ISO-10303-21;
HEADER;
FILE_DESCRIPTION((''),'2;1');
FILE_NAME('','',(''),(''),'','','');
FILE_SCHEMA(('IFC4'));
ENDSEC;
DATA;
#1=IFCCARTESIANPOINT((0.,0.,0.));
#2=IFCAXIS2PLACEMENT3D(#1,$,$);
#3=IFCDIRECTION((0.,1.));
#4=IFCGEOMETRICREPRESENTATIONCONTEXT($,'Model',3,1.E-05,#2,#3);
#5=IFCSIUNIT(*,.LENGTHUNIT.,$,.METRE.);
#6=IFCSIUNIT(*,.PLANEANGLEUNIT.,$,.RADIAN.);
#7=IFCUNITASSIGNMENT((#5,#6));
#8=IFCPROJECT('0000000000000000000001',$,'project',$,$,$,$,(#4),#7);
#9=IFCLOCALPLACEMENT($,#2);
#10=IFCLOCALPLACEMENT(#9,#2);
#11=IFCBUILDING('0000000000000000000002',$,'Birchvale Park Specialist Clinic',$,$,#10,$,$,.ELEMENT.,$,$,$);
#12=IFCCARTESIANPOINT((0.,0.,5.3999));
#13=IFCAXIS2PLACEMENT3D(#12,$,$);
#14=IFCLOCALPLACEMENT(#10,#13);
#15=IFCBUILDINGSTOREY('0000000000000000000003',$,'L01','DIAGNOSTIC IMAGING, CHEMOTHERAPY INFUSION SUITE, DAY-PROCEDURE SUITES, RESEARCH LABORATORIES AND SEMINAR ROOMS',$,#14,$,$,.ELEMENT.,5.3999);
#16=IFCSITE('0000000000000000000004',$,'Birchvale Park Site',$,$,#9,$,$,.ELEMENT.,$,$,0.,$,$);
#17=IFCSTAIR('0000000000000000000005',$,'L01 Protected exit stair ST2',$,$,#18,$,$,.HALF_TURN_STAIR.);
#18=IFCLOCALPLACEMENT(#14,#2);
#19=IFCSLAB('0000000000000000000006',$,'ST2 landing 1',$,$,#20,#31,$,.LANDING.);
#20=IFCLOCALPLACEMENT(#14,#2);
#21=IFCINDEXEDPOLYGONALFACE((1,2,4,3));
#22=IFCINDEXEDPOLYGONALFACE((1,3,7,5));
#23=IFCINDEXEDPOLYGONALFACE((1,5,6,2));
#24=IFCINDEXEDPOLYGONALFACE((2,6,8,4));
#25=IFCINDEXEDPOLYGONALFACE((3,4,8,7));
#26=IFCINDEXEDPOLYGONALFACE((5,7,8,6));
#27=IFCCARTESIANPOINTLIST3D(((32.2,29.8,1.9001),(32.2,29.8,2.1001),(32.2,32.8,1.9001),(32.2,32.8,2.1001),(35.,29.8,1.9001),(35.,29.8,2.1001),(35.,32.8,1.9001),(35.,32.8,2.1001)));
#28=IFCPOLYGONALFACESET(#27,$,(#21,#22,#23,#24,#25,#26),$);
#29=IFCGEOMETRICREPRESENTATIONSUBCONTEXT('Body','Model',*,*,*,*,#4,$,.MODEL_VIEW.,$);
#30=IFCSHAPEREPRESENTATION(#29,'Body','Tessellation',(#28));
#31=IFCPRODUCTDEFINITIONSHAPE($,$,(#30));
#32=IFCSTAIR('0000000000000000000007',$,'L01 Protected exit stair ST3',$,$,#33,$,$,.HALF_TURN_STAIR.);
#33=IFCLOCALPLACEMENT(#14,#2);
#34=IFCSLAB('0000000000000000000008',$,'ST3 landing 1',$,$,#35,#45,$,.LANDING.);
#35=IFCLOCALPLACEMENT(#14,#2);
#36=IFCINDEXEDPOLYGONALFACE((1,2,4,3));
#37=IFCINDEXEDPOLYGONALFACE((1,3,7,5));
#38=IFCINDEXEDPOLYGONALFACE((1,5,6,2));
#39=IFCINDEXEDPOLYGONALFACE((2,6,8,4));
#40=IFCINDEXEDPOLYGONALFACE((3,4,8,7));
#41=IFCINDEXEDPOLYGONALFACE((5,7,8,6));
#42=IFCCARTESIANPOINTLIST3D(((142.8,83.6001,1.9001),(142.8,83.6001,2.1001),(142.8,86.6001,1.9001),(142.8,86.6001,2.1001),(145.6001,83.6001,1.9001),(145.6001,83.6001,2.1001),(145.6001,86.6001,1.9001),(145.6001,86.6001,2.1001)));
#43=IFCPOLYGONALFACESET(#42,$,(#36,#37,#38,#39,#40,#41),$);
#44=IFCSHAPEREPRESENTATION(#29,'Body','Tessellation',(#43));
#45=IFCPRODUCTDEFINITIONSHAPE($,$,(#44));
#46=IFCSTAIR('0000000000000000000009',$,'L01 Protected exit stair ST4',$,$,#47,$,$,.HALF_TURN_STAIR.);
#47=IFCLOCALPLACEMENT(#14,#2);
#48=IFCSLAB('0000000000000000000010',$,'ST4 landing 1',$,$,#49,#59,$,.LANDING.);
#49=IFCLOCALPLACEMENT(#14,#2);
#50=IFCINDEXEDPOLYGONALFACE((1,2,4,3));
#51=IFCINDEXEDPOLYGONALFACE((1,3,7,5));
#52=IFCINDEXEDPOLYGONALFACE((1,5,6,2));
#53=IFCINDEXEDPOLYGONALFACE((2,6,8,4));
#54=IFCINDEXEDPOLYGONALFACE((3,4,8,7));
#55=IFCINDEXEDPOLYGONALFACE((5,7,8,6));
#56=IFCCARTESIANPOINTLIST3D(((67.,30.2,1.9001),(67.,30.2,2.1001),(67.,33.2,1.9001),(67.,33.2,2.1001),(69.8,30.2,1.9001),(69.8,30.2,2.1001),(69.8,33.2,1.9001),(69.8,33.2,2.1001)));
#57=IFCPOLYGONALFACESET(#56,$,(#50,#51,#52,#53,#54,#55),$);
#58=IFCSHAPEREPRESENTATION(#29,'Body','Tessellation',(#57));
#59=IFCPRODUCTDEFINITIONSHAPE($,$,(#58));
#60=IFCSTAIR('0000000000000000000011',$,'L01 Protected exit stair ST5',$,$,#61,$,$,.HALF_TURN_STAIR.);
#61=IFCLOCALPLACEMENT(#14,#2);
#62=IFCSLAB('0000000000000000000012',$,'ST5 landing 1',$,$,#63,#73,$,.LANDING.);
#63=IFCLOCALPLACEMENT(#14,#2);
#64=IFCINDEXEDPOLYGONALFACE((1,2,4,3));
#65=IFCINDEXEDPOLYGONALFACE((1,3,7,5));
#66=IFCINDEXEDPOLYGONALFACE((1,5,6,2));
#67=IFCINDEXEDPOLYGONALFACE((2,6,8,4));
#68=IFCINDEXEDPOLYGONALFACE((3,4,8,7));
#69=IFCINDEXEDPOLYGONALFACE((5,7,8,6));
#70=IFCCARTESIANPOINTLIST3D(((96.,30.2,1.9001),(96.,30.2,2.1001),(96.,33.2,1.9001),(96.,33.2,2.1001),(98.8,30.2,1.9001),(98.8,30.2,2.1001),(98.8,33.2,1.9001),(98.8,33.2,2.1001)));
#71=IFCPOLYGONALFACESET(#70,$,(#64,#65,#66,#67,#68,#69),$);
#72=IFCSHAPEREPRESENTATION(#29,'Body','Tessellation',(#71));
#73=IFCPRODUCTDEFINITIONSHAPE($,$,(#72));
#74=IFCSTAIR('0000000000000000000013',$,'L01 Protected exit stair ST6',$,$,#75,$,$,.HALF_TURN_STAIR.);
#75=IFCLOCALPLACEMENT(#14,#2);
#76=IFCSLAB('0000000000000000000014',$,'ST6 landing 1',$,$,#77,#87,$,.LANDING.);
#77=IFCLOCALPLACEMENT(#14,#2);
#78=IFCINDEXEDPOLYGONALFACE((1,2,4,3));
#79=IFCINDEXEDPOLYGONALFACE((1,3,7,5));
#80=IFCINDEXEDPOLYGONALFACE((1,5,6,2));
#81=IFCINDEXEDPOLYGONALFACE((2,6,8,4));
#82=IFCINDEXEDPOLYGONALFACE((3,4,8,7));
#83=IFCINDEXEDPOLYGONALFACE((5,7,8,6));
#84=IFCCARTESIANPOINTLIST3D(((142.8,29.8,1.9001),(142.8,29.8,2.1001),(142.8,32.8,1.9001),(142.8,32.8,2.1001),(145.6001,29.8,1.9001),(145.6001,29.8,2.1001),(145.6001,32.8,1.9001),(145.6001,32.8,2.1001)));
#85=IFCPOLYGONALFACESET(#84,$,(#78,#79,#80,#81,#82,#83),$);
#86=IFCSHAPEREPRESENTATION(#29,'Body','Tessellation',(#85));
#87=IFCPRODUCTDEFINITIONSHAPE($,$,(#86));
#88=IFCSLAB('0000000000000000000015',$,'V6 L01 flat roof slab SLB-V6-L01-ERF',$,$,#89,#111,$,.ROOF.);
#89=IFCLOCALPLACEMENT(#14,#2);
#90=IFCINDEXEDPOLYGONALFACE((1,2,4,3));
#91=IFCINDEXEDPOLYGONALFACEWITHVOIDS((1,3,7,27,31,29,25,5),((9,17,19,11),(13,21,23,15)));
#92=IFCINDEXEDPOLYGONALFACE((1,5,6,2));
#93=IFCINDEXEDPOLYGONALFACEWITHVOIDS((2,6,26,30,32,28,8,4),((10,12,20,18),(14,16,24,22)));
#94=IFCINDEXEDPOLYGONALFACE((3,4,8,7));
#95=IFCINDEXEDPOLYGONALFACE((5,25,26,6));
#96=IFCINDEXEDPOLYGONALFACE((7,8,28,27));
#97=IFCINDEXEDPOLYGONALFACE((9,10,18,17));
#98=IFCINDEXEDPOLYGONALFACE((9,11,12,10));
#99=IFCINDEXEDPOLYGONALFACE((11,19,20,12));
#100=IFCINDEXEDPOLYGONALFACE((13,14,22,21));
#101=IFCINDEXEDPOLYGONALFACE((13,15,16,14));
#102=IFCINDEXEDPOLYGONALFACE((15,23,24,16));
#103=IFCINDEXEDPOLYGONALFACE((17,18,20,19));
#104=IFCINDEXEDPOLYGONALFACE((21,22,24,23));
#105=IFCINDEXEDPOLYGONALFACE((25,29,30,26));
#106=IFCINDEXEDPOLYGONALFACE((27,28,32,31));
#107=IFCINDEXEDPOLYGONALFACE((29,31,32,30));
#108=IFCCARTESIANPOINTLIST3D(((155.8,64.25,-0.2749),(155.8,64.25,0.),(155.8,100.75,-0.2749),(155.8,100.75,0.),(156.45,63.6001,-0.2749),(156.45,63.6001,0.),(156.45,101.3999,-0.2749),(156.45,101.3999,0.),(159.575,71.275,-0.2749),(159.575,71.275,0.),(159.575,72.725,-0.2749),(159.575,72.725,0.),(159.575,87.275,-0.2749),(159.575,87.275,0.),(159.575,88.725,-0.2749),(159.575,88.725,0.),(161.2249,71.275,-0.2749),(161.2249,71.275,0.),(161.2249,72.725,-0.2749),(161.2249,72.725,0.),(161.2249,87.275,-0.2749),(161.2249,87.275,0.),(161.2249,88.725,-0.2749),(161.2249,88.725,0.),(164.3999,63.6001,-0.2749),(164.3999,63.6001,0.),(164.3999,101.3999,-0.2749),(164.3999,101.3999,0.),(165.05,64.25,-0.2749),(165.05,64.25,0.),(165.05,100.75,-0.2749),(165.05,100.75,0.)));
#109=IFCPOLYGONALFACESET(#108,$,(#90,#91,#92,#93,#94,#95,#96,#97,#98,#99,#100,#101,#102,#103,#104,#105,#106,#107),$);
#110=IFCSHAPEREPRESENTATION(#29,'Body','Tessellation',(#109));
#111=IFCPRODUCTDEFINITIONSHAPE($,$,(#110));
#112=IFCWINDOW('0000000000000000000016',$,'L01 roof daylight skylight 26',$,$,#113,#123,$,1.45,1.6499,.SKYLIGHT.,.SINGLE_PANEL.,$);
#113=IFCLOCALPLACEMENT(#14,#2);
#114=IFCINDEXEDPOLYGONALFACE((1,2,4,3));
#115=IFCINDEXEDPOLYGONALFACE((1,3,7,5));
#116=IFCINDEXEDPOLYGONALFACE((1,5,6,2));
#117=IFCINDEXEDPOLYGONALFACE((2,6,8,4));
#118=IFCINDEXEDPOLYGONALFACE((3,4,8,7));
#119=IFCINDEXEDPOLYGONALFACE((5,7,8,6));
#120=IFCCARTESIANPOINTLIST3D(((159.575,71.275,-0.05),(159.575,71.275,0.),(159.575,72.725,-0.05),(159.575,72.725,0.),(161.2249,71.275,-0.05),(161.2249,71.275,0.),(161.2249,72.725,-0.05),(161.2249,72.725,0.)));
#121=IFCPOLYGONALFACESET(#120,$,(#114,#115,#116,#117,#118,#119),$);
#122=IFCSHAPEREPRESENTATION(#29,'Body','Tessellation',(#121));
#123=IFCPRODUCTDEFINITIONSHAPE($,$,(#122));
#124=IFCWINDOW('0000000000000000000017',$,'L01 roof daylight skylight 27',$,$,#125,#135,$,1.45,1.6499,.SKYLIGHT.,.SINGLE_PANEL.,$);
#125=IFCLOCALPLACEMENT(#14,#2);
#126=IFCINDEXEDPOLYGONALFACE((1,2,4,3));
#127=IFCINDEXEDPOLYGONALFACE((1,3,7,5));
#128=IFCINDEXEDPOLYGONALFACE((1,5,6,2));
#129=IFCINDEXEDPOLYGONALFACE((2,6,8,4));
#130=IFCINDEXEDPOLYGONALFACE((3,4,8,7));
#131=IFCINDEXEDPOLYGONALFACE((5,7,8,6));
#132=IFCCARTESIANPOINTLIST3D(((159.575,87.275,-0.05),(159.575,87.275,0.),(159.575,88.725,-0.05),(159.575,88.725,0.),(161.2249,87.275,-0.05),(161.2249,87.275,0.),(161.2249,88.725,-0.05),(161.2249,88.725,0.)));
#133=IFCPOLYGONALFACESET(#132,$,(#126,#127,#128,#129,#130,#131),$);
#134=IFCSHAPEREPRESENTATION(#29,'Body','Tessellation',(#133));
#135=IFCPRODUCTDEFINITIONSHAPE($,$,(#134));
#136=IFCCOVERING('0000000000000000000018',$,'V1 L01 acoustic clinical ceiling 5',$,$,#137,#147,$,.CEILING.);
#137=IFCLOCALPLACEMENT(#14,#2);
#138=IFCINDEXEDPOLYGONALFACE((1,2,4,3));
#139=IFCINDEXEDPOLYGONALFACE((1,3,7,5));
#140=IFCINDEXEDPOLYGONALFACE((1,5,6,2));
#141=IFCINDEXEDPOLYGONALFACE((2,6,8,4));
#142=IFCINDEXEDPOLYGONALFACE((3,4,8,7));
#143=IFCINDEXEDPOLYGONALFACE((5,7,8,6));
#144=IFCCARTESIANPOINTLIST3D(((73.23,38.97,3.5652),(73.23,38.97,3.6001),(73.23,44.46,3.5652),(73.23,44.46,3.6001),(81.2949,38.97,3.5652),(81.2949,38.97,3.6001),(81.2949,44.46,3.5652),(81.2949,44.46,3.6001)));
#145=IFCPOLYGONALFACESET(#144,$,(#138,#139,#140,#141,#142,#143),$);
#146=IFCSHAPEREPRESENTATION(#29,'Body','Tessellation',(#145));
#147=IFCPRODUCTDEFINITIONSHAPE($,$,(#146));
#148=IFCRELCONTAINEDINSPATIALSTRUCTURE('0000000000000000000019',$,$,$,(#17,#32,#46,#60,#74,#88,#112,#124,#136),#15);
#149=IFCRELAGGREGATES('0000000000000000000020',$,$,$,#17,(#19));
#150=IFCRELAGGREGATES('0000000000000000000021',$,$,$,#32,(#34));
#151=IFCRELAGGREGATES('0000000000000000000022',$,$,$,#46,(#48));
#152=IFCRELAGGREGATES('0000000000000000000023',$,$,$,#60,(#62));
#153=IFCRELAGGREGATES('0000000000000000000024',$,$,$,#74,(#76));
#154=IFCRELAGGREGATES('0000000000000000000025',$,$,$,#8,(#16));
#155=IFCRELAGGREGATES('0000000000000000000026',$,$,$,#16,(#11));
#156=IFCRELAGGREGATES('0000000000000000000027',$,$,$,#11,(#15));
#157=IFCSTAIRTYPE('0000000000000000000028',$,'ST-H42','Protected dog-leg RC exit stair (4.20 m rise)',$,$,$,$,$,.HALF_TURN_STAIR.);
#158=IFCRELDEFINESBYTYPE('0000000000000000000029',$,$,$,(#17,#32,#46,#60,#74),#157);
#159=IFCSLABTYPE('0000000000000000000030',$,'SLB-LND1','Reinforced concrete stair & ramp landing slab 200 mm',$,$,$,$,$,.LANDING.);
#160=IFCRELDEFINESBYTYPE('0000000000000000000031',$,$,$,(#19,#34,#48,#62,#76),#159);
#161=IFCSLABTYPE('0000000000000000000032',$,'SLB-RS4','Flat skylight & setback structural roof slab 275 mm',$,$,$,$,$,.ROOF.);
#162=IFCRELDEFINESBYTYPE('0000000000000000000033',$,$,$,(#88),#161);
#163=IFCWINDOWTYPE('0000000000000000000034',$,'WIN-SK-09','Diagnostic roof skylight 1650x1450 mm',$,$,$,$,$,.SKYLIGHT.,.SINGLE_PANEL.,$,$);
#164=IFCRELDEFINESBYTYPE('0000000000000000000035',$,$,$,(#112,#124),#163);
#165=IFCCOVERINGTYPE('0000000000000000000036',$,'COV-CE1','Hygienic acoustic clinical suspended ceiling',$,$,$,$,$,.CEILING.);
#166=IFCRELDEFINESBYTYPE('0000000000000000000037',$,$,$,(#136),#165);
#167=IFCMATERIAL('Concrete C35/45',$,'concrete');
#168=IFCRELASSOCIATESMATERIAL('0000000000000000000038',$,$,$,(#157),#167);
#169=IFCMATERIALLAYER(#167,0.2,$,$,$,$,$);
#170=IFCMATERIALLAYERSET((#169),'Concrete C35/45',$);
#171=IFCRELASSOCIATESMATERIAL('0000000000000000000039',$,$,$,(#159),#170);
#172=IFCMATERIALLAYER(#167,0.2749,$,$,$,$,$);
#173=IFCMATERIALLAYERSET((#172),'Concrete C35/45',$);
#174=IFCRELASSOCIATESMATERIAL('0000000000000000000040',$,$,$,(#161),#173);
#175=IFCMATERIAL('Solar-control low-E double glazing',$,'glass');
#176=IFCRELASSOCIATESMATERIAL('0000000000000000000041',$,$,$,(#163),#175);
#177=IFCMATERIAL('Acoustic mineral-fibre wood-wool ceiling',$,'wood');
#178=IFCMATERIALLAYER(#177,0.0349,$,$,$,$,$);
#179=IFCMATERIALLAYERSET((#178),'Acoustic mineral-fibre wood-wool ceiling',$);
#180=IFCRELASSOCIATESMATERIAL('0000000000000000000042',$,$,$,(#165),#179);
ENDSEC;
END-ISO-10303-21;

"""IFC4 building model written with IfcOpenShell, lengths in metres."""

from ifc_helpers import new_model, si_unit, direction, frame, origin, origin_2d, place, context, subcontext, project, spatial, polyline, rectangle, outline, extrude, material, layer, layer_set, type_object, element, fill, aggregate, save


model = new_model("IFC4")

# Units and contexts
model_context = context("Model", 3, precision=1e-05, world=origin(), true_north=direction((0.0, 1.0)))
body_context = subcontext(model_context, "Body", "Model", "MODEL_VIEW")
ifc_project = project(units=[si_unit("LENGTHUNIT", "METRE"), si_unit("PLANEANGLEUNIT", "RADIAN")], contexts=[model_context])

# Site, building, storey
site_placement = place(None, origin())
site = spatial("IfcSite", under=ifc_project, at=site_placement, Name="Birchvale Park Site", CompositionType="ELEMENT", RefElevation=0.0)
building_placement = place(site_placement, origin())
building = spatial("IfcBuilding", under=site, at=building_placement, Name="Birchvale Park Specialist Clinic", CompositionType="ELEMENT")
storey_placement = place(building_placement, frame((0.0, 0.0, 5.3999)))
storey = spatial("IfcBuildingStorey", under=building, at=storey_placement, Name="L01", Description="DIAGNOSTIC IMAGING, CHEMOTHERAPY INFUSION SUITE, DAY-PROCEDURE SUITES, RESEARCH LABORATORIES AND SEMINAR ROOMS", CompositionType="ELEMENT", Elevation=5.3999)

# Stairs, slabs
ifc_material_1 = material(Name="Concrete C35/45", Category="concrete")
stair_type = type_object("IfcStairType", Name="ST-H42", Description="Protected dog-leg RC exit stair (4.20 m rise)", PredefinedType="HALF_TURN_STAIR", material=ifc_material_1)
stair_1_placement = place(storey_placement, origin())
stair_1 = element("IfcStair", 1, at=stair_1_placement, inside=storey, type_object=stair_type, Name="L01 Protected exit stair ST2", PredefinedType="HALF_TURN_STAIR")
ifc_layer_1 = layer(ifc_material_1, 0.2)
ifc_layer_set_1 = layer_set([ifc_layer_1], Name="Concrete C35/45")
slab_type_1 = type_object("IfcSlabType", Name="SLB-LND1", Description="Reinforced concrete stair & ramp landing slab 200 mm", PredefinedType="LANDING", material=ifc_layer_set_1)
slab_1_placement = place(storey_placement, frame((0.0, 0.0, 1.9001)))
slab_1 = element("IfcSlab", 2, at=slab_1_placement, type_object=slab_type_1, Name="ST2 landing 1", PredefinedType="LANDING", context=body_context, shape_type="SweptSolid", body=[
    extrude(outline(polyline([(32.2, 29.8), (35.0, 29.8), (35.0, 32.8), (32.2, 32.8), (32.2, 29.8)])), origin(), (0.0, 0.0, 1.0), 0.2),
])
aggregate(stair_1, [slab_1])
stair_2_placement = place(storey_placement, origin())
stair_2 = element("IfcStair", 3, at=stair_2_placement, inside=storey, type_object=stair_type, Name="L01 Protected exit stair ST3", PredefinedType="HALF_TURN_STAIR")
slab_2_placement = place(storey_placement, frame((0.0, 0.0, 1.9001)))
slab_2 = element("IfcSlab", 4, at=slab_2_placement, type_object=slab_type_1, Name="ST3 landing 1", PredefinedType="LANDING", context=body_context, shape_type="SweptSolid", body=[
    extrude(outline(polyline([(142.8, 83.6001), (145.6001, 83.6001), (145.6001, 86.6001), (142.8, 86.6001), (142.8, 83.6001)])), origin(), (0.0, 0.0, 1.0), 0.2),
])
aggregate(stair_2, [slab_2])
stair_3_placement = place(storey_placement, origin())
stair_3 = element("IfcStair", 5, at=stair_3_placement, inside=storey, type_object=stair_type, Name="L01 Protected exit stair ST4", PredefinedType="HALF_TURN_STAIR")
slab_3_placement = place(storey_placement, frame((0.0, 0.0, 1.9001)))
slab_3 = element("IfcSlab", 6, at=slab_3_placement, type_object=slab_type_1, Name="ST4 landing 1", PredefinedType="LANDING", context=body_context, shape_type="SweptSolid", body=[
    extrude(outline(polyline([(67.0, 30.2), (69.8, 30.2), (69.8, 33.2), (67.0, 33.2), (67.0, 30.2)])), origin(), (0.0, 0.0, 1.0), 0.2),
])
aggregate(stair_3, [slab_3])
stair_4_placement = place(storey_placement, origin())
stair_4 = element("IfcStair", 7, at=stair_4_placement, inside=storey, type_object=stair_type, Name="L01 Protected exit stair ST5", PredefinedType="HALF_TURN_STAIR")
slab_4_placement = place(storey_placement, frame((0.0, 0.0, 1.9001)))
slab_4 = element("IfcSlab", 8, at=slab_4_placement, type_object=slab_type_1, Name="ST5 landing 1", PredefinedType="LANDING", context=body_context, shape_type="SweptSolid", body=[
    extrude(outline(polyline([(96.0, 30.2), (98.8, 30.2), (98.8, 33.2), (96.0, 33.2), (96.0, 30.2)])), origin(), (0.0, 0.0, 1.0), 0.2),
])
aggregate(stair_4, [slab_4])
stair_5_placement = place(storey_placement, origin())
stair_5 = element("IfcStair", 9, at=stair_5_placement, inside=storey, type_object=stair_type, Name="L01 Protected exit stair ST6", PredefinedType="HALF_TURN_STAIR")
slab_5_placement = place(storey_placement, frame((0.0, 0.0, 1.9001)))
slab_5 = element("IfcSlab", 10, at=slab_5_placement, type_object=slab_type_1, Name="ST6 landing 1", PredefinedType="LANDING", context=body_context, shape_type="SweptSolid", body=[
    extrude(outline(polyline([(142.8, 29.8), (145.6001, 29.8), (145.6001, 32.8), (142.8, 32.8), (142.8, 29.8)])), origin(), (0.0, 0.0, 1.0), 0.2),
])
aggregate(stair_5, [slab_5])

# Slab, openings, windows
ifc_layer_2 = layer(ifc_material_1, 0.2749)
ifc_layer_set_2 = layer_set([ifc_layer_2], Name="Concrete C35/45")
slab_type_2 = type_object("IfcSlabType", Name="SLB-RS4", Description="Flat skylight & setback structural roof slab 275 mm", PredefinedType="ROOF", material=ifc_layer_set_2)
slab_6_placement = place(storey_placement, frame((0.0, 0.0, -0.2749)))
slab_6 = element("IfcSlab", 11, at=slab_6_placement, inside=storey, type_object=slab_type_2, Name="V6 L01 flat roof slab SLB-V6-L01-ERF", PredefinedType="ROOF", context=body_context, shape_type="SweptSolid", body=[
    extrude(outline(polyline([(156.45, 63.6001), (164.3999, 63.6001), (165.05, 64.25), (165.05, 100.75), (164.3999, 101.3999), (156.45, 101.3999), (155.8, 100.75), (155.8, 64.25), (156.45, 63.6001)])), origin(), (0.0, 0.0, 1.0), 0.2749),
])
opening_1_placement = place(slab_6_placement, frame((160.3999, 72.0, 0.0)))
opening_1 = element("IfcOpeningElement", 12, at=opening_1_placement, cuts=slab_6, PredefinedType="OPENING", context=body_context, shape_type="SweptSolid", body=[
    extrude(rectangle(XDim=1.6499, YDim=1.45, at=origin_2d()), frame((0.0, 0.0, -0.01)), (0.0, 0.0, 1.0), 0.2949),
])
opening_2_placement = place(slab_6_placement, frame((160.3999, 88.0, 0.0)))
opening_2 = element("IfcOpeningElement", 13, at=opening_2_placement, cuts=slab_6, PredefinedType="OPENING", context=body_context, shape_type="SweptSolid", body=[
    extrude(rectangle(XDim=1.6499, YDim=1.45, at=origin_2d()), frame((0.0, 0.0, -0.01)), (0.0, 0.0, 1.0), 0.2949),
])
ifc_material_2 = material(Name="Solar-control low-E double glazing", Category="glass")
window_type = type_object("IfcWindowType", Name="WIN-SK-09", Description="Diagnostic roof skylight 1650x1450 mm", PartitioningType="SINGLE_PANEL", PredefinedType="SKYLIGHT", material=ifc_material_2)
window_1_placement = place(opening_1_placement, frame((0.0, 0.0, 0.2249)))
window_1 = element("IfcWindow", 14, at=window_1_placement, inside=storey, type_object=window_type, Name="L01 roof daylight skylight 26", OverallHeight=1.45, OverallWidth=1.6499, PartitioningType="SINGLE_PANEL", PredefinedType="SKYLIGHT", context=body_context, shape_type="SweptSolid", body=[
    extrude(rectangle(XDim=1.6499, YDim=1.45, at=origin_2d()), origin(), (0.0, 0.0, 1.0), 0.05),
])
fill(opening_1, window_1)
window_2_placement = place(opening_2_placement, frame((0.0, 0.0, 0.2249)))
window_2 = element("IfcWindow", 15, at=window_2_placement, inside=storey, type_object=window_type, Name="L01 roof daylight skylight 27", OverallHeight=1.45, OverallWidth=1.6499, PartitioningType="SINGLE_PANEL", PredefinedType="SKYLIGHT", context=body_context, shape_type="SweptSolid", body=[
    extrude(rectangle(XDim=1.6499, YDim=1.45, at=origin_2d()), origin(), (0.0, 0.0, 1.0), 0.05),
])
fill(opening_2, window_2)

# Covering
ifc_material_3 = material(Name="Acoustic mineral-fibre wood-wool ceiling", Category="wood")
ifc_layer_3 = layer(ifc_material_3, 0.0349)
ifc_layer_set_3 = layer_set([ifc_layer_3], Name="Acoustic mineral-fibre wood-wool ceiling")
covering_type = type_object("IfcCoveringType", Name="COV-CE1", Description="Hygienic acoustic clinical suspended ceiling", PredefinedType="CEILING", material=ifc_layer_set_3)
covering_placement = place(storey_placement, frame((0.0, 0.0, 3.5652)))
element("IfcCovering", 16, at=covering_placement, inside=storey, type_object=covering_type, Name="V1 L01 acoustic clinical ceiling 5", PredefinedType="CEILING", context=body_context, shape_type="SweptSolid", body=[
    extrude(outline(polyline([(73.23, 38.97), (81.2949, 38.97), (81.2949, 44.46), (73.23, 44.46), (73.23, 38.97)])), origin(), (0.0, 0.0, 1.0), 0.0349),
])

save(model, "model.ifc")
